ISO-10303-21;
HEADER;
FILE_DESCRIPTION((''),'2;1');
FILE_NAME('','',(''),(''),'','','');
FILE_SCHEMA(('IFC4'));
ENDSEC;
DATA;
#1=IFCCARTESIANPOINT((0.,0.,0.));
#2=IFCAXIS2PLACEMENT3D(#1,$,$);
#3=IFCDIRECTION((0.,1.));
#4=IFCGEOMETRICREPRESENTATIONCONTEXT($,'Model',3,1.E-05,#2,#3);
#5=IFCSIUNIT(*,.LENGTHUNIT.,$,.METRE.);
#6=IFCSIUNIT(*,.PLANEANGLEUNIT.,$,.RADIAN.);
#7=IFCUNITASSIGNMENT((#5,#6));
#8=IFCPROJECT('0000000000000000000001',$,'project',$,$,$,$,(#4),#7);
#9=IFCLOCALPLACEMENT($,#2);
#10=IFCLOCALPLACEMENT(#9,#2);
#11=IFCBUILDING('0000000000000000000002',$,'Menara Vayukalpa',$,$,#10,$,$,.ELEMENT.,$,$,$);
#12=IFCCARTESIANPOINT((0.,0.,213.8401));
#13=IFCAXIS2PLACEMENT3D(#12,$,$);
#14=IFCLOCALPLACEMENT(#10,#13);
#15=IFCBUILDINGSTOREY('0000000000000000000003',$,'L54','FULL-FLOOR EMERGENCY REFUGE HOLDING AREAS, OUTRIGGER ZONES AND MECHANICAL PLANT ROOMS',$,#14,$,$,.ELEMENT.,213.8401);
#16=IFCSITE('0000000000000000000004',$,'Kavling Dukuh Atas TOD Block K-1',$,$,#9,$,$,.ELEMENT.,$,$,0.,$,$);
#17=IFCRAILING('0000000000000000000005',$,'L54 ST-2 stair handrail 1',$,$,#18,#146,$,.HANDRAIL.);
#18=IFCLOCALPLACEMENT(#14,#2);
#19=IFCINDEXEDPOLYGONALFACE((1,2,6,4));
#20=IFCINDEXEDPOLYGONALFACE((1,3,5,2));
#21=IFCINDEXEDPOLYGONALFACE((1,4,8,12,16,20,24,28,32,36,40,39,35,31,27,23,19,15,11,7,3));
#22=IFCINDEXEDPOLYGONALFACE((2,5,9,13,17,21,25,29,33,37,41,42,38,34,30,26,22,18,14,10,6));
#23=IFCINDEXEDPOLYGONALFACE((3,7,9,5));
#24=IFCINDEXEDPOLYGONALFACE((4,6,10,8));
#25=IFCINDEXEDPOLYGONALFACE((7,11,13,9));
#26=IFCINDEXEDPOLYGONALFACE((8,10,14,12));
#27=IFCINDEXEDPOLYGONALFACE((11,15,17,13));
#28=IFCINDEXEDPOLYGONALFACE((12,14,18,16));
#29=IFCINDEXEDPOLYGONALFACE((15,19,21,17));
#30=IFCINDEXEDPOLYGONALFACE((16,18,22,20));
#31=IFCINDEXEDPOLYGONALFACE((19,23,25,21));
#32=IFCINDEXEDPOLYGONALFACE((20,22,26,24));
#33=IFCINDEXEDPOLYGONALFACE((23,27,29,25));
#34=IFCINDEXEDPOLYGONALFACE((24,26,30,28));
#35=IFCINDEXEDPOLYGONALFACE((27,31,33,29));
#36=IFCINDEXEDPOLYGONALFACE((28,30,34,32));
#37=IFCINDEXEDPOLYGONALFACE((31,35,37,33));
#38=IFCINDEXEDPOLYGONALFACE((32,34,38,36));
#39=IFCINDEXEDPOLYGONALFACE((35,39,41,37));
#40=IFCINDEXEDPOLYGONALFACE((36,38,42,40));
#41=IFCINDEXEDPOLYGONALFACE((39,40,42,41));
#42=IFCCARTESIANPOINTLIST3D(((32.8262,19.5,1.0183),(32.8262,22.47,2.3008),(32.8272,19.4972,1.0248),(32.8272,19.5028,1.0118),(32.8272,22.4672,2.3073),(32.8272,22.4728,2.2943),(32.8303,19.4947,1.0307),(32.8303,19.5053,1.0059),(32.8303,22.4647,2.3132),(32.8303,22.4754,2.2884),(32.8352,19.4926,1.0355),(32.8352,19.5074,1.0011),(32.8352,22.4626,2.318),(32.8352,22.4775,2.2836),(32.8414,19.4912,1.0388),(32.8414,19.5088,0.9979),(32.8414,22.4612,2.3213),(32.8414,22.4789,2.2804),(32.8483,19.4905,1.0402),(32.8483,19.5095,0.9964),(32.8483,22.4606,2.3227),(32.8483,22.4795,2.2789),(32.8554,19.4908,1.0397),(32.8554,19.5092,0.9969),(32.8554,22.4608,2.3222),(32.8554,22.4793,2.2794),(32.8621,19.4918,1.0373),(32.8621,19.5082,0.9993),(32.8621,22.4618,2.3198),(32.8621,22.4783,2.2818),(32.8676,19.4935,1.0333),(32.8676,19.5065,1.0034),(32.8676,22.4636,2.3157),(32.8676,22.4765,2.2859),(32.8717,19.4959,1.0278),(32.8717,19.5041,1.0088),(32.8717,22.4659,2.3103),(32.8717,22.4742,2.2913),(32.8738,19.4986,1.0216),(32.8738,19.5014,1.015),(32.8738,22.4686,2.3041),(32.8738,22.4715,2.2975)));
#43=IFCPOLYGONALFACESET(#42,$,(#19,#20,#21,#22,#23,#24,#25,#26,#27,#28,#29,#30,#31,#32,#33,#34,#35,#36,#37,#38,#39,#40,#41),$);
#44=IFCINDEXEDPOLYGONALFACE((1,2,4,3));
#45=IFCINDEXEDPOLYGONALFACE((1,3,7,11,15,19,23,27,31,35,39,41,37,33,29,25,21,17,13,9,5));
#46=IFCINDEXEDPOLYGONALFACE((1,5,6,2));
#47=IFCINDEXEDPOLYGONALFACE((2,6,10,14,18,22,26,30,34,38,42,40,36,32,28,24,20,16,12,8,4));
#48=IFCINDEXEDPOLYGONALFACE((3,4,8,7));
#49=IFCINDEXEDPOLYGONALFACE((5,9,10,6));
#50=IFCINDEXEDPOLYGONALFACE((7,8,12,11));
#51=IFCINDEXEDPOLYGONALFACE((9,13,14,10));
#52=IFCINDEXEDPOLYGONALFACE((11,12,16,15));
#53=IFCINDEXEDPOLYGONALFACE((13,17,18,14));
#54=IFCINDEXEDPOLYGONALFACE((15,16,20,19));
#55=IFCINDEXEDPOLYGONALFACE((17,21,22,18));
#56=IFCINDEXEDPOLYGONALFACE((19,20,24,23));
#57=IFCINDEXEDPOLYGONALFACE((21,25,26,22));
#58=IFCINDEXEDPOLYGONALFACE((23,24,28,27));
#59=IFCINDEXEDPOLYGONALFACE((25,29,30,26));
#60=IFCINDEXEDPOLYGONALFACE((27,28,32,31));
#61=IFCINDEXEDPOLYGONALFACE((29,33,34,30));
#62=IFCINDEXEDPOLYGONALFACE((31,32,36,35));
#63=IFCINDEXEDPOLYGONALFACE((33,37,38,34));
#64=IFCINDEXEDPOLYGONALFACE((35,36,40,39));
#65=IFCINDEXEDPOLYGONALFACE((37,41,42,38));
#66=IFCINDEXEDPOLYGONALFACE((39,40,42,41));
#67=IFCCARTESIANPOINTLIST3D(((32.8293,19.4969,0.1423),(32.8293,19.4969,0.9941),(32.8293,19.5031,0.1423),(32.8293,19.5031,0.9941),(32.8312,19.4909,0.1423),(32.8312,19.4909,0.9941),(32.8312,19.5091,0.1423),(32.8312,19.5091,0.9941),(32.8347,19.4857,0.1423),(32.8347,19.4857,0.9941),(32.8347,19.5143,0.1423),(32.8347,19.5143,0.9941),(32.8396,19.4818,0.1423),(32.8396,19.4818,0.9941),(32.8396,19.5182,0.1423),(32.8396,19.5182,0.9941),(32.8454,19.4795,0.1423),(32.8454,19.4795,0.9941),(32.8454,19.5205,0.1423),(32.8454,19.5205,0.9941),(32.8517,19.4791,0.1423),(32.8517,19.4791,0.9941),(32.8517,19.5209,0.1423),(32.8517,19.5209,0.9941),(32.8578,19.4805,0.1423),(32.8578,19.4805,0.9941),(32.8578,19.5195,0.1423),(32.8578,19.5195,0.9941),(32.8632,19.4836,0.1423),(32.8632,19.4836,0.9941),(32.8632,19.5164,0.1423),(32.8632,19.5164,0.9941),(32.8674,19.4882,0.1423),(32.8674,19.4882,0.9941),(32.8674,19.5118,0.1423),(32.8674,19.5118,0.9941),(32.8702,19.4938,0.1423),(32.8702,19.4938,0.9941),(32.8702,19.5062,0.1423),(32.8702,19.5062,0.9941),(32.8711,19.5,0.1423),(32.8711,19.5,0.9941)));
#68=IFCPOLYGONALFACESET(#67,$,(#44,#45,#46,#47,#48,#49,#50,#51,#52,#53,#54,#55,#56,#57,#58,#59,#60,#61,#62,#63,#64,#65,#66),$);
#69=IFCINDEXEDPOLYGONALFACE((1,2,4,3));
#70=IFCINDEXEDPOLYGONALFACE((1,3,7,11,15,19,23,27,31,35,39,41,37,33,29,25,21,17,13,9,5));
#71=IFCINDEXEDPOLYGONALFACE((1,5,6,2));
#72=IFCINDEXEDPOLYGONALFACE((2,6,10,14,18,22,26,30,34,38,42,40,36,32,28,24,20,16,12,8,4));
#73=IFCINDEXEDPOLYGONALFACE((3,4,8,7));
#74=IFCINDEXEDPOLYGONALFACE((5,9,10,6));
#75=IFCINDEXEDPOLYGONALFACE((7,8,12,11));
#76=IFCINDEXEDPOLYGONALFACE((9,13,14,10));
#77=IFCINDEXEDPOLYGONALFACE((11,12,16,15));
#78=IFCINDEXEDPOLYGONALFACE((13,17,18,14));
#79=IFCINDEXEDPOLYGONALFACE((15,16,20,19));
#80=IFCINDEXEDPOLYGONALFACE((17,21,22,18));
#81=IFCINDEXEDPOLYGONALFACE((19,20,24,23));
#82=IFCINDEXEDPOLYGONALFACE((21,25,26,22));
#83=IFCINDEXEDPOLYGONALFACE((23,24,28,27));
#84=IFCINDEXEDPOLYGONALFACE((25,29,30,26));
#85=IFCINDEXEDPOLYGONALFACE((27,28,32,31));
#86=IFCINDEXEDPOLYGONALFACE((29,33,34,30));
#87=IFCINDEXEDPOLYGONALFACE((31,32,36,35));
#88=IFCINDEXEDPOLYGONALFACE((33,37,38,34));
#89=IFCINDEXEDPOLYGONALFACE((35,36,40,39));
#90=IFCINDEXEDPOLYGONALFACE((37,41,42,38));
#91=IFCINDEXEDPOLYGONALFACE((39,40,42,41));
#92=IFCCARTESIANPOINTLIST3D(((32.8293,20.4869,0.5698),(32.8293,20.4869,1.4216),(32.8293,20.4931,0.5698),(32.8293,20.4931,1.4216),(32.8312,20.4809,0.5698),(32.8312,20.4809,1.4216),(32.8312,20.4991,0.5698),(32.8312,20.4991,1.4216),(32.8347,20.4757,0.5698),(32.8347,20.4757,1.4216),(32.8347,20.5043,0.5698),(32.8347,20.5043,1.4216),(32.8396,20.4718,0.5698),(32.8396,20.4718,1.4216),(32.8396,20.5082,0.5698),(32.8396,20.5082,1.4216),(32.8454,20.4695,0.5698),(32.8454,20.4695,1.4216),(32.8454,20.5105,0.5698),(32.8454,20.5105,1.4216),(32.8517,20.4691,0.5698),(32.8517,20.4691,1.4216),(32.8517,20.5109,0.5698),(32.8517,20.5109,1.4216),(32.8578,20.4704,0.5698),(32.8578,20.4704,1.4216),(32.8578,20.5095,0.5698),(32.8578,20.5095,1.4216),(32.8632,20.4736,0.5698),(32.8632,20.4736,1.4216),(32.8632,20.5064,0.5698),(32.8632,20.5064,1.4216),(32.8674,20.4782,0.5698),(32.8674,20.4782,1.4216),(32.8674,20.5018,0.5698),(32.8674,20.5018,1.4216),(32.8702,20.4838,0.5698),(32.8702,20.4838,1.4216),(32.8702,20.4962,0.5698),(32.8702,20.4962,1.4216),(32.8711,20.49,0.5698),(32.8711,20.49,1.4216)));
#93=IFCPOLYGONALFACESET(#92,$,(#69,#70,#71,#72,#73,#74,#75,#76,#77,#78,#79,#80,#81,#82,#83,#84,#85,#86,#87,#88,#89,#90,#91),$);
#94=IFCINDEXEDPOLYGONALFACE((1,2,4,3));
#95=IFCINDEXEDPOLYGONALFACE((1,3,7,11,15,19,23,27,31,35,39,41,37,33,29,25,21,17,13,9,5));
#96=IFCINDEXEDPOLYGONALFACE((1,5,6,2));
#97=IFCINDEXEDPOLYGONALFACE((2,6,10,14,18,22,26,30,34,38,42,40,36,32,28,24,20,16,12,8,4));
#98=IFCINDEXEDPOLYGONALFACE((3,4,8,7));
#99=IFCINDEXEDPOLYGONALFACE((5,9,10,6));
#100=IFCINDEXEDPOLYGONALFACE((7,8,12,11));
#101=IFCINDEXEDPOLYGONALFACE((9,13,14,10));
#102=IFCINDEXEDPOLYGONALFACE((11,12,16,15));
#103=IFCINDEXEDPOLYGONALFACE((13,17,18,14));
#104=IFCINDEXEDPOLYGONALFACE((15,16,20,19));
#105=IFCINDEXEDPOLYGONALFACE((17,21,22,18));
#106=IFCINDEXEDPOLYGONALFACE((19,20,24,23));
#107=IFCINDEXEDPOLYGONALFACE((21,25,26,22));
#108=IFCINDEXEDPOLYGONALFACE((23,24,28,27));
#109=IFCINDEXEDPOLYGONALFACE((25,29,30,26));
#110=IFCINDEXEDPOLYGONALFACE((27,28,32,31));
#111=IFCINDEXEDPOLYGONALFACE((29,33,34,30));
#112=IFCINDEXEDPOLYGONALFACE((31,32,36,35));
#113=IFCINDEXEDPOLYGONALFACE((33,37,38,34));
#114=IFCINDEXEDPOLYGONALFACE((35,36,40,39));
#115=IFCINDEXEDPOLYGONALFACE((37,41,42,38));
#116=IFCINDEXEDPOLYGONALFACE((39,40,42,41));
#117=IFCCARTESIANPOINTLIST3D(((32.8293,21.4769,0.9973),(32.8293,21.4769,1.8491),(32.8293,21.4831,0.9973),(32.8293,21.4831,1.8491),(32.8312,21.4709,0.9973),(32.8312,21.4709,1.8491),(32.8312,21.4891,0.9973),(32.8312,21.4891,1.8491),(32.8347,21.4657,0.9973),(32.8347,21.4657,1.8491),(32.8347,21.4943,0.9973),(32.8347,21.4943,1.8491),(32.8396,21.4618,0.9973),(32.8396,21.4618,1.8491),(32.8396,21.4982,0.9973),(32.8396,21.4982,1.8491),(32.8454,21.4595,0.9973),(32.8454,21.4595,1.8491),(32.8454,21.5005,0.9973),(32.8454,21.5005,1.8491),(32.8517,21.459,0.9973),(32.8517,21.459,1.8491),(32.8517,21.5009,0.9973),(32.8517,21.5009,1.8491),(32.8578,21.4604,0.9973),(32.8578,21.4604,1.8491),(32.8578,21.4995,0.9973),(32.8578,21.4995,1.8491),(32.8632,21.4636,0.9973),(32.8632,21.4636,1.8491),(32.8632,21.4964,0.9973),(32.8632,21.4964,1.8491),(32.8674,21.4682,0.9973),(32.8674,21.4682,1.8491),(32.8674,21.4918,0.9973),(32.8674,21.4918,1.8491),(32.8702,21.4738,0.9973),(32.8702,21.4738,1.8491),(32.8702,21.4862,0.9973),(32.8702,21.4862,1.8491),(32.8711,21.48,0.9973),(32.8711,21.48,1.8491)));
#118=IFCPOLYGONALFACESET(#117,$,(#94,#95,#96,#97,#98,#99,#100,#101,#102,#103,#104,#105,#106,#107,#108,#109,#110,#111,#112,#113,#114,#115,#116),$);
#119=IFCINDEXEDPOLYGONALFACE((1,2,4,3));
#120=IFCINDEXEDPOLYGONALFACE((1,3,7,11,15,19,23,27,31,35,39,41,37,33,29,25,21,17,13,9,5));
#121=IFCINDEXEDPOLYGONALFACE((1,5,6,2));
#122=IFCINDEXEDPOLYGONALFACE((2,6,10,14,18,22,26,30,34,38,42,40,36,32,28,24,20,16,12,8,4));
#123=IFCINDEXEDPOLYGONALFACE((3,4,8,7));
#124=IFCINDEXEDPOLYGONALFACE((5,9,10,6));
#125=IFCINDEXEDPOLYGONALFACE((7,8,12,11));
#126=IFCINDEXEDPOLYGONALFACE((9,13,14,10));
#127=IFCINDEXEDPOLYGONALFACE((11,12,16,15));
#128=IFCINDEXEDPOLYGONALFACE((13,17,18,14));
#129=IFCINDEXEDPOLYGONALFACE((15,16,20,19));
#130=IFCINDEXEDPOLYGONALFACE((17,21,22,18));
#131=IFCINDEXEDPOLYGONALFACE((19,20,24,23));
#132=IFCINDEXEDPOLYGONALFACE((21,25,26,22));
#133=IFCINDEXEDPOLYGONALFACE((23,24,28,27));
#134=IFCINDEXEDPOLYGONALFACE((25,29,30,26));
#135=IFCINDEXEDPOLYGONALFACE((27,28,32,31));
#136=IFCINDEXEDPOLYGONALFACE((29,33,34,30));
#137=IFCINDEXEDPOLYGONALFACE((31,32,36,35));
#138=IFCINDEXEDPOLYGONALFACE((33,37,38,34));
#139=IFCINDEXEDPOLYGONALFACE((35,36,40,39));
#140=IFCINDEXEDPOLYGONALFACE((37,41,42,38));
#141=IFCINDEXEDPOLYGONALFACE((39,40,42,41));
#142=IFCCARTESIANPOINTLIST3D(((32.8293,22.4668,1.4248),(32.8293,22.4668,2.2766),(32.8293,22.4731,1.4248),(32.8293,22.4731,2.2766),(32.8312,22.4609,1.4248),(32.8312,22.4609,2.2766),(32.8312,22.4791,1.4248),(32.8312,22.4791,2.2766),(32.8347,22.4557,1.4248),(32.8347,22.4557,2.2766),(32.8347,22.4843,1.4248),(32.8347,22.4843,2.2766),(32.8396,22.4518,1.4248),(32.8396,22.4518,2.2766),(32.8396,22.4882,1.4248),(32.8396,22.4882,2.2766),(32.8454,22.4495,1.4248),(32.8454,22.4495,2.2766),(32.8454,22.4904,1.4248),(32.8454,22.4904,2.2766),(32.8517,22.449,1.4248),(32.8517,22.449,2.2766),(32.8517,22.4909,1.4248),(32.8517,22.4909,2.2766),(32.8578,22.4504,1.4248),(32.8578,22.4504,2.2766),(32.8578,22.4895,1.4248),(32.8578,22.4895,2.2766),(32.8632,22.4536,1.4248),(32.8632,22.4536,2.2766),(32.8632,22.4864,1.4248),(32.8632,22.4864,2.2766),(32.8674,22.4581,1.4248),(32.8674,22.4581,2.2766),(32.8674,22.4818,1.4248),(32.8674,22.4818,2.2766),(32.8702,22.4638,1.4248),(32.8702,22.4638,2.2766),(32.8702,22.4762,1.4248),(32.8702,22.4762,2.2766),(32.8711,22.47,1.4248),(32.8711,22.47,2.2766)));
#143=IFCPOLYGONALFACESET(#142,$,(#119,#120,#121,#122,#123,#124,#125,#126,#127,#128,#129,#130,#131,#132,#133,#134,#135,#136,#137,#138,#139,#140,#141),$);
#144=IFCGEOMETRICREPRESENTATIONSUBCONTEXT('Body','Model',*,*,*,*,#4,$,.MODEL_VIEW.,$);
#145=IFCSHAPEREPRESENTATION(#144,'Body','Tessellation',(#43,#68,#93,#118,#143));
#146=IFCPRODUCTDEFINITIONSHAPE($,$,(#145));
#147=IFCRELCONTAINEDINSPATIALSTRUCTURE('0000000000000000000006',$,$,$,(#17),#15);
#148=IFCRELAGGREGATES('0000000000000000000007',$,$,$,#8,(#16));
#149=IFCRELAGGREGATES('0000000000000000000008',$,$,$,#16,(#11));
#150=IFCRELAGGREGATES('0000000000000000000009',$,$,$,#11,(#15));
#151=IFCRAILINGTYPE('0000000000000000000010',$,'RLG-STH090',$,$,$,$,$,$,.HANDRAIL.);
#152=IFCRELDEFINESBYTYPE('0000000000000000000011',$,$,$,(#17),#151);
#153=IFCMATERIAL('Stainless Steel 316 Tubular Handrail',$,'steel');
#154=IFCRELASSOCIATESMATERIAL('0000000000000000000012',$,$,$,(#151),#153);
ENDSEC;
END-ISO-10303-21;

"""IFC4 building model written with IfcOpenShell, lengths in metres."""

from ifc_helpers import new_model, si_unit, direction, frame, origin, origin_2d, place, context, subcontext, project, spatial, circle, extrude, material, type_object, element, save


model = new_model("IFC4")

# Units and contexts
model_context = context("Model", 3, precision=1e-05, world=origin(), true_north=direction((0.0, 1.0)))
body_context = subcontext(model_context, "Body", "Model", "MODEL_VIEW")
ifc_project = project(units=[si_unit("LENGTHUNIT", "METRE"), si_unit("PLANEANGLEUNIT", "RADIAN")], contexts=[model_context])

# Site, building, storey
site_placement = place(None, origin())
site = spatial("IfcSite", under=ifc_project, at=site_placement, Name="Kavling Dukuh Atas TOD Block K-1", CompositionType="ELEMENT", RefElevation=0.0)
building_placement = place(site_placement, origin())
building = spatial("IfcBuilding", under=site, at=building_placement, Name="Menara Vayukalpa", CompositionType="ELEMENT")
storey_placement = place(building_placement, frame((0.0, 0.0, 213.8401)))
storey = spatial("IfcBuildingStorey", under=building, at=storey_placement, Name="L54", Description="FULL-FLOOR EMERGENCY REFUGE HOLDING AREAS, OUTRIGGER ZONES AND MECHANICAL PLANT ROOMS", CompositionType="ELEMENT", Elevation=213.8401)

# Railing
ifc_material_1 = material(Name="Stainless Steel 316 Tubular Handrail", Category="steel")
railing_type_1 = type_object("IfcRailingType", Name="RLG-STH090", PredefinedType="HANDRAIL", material=ifc_material_1)
for number, where, name in (
    (1, (32.8501, 19.5, 0.1423), "L54 ST-2 stair handrail 1"),
):
    element("IfcRailing", number, at=place(storey_placement, frame(where)), inside=storey, type_object=railing_type_1, Name=name, PredefinedType="HANDRAIL", context=body_context, shape_type="SweptSolid", body=[
        extrude(circle(Radius=0.0239, at=origin_2d()), frame((0.0, 0.0, 0.876), z_axis=(0.0, 0.918064, 0.396432), x_axis=(-1.0, 0.0, 0.0)), (0.0, 0.0, 1.0), 3.2351),
        extrude(circle(Radius=0.021, at=origin_2d()), origin(), (0.0, 0.0, 1.0), 0.8518),
        extrude(circle(Radius=0.021, at=origin_2d()), frame((0.0, 0.99, 0.4275)), (0.0, 0.0, 1.0), 0.8518),
        extrude(circle(Radius=0.021, at=origin_2d()), frame((0.0, 1.98, 0.855)), (0.0, 0.0, 1.0), 0.8518),
        extrude(circle(Radius=0.021, at=origin_2d()), frame((0.0, 2.97, 1.2825)), (0.0, 0.0, 1.0), 0.8518),
    ])

save(model, "model.ifc")
